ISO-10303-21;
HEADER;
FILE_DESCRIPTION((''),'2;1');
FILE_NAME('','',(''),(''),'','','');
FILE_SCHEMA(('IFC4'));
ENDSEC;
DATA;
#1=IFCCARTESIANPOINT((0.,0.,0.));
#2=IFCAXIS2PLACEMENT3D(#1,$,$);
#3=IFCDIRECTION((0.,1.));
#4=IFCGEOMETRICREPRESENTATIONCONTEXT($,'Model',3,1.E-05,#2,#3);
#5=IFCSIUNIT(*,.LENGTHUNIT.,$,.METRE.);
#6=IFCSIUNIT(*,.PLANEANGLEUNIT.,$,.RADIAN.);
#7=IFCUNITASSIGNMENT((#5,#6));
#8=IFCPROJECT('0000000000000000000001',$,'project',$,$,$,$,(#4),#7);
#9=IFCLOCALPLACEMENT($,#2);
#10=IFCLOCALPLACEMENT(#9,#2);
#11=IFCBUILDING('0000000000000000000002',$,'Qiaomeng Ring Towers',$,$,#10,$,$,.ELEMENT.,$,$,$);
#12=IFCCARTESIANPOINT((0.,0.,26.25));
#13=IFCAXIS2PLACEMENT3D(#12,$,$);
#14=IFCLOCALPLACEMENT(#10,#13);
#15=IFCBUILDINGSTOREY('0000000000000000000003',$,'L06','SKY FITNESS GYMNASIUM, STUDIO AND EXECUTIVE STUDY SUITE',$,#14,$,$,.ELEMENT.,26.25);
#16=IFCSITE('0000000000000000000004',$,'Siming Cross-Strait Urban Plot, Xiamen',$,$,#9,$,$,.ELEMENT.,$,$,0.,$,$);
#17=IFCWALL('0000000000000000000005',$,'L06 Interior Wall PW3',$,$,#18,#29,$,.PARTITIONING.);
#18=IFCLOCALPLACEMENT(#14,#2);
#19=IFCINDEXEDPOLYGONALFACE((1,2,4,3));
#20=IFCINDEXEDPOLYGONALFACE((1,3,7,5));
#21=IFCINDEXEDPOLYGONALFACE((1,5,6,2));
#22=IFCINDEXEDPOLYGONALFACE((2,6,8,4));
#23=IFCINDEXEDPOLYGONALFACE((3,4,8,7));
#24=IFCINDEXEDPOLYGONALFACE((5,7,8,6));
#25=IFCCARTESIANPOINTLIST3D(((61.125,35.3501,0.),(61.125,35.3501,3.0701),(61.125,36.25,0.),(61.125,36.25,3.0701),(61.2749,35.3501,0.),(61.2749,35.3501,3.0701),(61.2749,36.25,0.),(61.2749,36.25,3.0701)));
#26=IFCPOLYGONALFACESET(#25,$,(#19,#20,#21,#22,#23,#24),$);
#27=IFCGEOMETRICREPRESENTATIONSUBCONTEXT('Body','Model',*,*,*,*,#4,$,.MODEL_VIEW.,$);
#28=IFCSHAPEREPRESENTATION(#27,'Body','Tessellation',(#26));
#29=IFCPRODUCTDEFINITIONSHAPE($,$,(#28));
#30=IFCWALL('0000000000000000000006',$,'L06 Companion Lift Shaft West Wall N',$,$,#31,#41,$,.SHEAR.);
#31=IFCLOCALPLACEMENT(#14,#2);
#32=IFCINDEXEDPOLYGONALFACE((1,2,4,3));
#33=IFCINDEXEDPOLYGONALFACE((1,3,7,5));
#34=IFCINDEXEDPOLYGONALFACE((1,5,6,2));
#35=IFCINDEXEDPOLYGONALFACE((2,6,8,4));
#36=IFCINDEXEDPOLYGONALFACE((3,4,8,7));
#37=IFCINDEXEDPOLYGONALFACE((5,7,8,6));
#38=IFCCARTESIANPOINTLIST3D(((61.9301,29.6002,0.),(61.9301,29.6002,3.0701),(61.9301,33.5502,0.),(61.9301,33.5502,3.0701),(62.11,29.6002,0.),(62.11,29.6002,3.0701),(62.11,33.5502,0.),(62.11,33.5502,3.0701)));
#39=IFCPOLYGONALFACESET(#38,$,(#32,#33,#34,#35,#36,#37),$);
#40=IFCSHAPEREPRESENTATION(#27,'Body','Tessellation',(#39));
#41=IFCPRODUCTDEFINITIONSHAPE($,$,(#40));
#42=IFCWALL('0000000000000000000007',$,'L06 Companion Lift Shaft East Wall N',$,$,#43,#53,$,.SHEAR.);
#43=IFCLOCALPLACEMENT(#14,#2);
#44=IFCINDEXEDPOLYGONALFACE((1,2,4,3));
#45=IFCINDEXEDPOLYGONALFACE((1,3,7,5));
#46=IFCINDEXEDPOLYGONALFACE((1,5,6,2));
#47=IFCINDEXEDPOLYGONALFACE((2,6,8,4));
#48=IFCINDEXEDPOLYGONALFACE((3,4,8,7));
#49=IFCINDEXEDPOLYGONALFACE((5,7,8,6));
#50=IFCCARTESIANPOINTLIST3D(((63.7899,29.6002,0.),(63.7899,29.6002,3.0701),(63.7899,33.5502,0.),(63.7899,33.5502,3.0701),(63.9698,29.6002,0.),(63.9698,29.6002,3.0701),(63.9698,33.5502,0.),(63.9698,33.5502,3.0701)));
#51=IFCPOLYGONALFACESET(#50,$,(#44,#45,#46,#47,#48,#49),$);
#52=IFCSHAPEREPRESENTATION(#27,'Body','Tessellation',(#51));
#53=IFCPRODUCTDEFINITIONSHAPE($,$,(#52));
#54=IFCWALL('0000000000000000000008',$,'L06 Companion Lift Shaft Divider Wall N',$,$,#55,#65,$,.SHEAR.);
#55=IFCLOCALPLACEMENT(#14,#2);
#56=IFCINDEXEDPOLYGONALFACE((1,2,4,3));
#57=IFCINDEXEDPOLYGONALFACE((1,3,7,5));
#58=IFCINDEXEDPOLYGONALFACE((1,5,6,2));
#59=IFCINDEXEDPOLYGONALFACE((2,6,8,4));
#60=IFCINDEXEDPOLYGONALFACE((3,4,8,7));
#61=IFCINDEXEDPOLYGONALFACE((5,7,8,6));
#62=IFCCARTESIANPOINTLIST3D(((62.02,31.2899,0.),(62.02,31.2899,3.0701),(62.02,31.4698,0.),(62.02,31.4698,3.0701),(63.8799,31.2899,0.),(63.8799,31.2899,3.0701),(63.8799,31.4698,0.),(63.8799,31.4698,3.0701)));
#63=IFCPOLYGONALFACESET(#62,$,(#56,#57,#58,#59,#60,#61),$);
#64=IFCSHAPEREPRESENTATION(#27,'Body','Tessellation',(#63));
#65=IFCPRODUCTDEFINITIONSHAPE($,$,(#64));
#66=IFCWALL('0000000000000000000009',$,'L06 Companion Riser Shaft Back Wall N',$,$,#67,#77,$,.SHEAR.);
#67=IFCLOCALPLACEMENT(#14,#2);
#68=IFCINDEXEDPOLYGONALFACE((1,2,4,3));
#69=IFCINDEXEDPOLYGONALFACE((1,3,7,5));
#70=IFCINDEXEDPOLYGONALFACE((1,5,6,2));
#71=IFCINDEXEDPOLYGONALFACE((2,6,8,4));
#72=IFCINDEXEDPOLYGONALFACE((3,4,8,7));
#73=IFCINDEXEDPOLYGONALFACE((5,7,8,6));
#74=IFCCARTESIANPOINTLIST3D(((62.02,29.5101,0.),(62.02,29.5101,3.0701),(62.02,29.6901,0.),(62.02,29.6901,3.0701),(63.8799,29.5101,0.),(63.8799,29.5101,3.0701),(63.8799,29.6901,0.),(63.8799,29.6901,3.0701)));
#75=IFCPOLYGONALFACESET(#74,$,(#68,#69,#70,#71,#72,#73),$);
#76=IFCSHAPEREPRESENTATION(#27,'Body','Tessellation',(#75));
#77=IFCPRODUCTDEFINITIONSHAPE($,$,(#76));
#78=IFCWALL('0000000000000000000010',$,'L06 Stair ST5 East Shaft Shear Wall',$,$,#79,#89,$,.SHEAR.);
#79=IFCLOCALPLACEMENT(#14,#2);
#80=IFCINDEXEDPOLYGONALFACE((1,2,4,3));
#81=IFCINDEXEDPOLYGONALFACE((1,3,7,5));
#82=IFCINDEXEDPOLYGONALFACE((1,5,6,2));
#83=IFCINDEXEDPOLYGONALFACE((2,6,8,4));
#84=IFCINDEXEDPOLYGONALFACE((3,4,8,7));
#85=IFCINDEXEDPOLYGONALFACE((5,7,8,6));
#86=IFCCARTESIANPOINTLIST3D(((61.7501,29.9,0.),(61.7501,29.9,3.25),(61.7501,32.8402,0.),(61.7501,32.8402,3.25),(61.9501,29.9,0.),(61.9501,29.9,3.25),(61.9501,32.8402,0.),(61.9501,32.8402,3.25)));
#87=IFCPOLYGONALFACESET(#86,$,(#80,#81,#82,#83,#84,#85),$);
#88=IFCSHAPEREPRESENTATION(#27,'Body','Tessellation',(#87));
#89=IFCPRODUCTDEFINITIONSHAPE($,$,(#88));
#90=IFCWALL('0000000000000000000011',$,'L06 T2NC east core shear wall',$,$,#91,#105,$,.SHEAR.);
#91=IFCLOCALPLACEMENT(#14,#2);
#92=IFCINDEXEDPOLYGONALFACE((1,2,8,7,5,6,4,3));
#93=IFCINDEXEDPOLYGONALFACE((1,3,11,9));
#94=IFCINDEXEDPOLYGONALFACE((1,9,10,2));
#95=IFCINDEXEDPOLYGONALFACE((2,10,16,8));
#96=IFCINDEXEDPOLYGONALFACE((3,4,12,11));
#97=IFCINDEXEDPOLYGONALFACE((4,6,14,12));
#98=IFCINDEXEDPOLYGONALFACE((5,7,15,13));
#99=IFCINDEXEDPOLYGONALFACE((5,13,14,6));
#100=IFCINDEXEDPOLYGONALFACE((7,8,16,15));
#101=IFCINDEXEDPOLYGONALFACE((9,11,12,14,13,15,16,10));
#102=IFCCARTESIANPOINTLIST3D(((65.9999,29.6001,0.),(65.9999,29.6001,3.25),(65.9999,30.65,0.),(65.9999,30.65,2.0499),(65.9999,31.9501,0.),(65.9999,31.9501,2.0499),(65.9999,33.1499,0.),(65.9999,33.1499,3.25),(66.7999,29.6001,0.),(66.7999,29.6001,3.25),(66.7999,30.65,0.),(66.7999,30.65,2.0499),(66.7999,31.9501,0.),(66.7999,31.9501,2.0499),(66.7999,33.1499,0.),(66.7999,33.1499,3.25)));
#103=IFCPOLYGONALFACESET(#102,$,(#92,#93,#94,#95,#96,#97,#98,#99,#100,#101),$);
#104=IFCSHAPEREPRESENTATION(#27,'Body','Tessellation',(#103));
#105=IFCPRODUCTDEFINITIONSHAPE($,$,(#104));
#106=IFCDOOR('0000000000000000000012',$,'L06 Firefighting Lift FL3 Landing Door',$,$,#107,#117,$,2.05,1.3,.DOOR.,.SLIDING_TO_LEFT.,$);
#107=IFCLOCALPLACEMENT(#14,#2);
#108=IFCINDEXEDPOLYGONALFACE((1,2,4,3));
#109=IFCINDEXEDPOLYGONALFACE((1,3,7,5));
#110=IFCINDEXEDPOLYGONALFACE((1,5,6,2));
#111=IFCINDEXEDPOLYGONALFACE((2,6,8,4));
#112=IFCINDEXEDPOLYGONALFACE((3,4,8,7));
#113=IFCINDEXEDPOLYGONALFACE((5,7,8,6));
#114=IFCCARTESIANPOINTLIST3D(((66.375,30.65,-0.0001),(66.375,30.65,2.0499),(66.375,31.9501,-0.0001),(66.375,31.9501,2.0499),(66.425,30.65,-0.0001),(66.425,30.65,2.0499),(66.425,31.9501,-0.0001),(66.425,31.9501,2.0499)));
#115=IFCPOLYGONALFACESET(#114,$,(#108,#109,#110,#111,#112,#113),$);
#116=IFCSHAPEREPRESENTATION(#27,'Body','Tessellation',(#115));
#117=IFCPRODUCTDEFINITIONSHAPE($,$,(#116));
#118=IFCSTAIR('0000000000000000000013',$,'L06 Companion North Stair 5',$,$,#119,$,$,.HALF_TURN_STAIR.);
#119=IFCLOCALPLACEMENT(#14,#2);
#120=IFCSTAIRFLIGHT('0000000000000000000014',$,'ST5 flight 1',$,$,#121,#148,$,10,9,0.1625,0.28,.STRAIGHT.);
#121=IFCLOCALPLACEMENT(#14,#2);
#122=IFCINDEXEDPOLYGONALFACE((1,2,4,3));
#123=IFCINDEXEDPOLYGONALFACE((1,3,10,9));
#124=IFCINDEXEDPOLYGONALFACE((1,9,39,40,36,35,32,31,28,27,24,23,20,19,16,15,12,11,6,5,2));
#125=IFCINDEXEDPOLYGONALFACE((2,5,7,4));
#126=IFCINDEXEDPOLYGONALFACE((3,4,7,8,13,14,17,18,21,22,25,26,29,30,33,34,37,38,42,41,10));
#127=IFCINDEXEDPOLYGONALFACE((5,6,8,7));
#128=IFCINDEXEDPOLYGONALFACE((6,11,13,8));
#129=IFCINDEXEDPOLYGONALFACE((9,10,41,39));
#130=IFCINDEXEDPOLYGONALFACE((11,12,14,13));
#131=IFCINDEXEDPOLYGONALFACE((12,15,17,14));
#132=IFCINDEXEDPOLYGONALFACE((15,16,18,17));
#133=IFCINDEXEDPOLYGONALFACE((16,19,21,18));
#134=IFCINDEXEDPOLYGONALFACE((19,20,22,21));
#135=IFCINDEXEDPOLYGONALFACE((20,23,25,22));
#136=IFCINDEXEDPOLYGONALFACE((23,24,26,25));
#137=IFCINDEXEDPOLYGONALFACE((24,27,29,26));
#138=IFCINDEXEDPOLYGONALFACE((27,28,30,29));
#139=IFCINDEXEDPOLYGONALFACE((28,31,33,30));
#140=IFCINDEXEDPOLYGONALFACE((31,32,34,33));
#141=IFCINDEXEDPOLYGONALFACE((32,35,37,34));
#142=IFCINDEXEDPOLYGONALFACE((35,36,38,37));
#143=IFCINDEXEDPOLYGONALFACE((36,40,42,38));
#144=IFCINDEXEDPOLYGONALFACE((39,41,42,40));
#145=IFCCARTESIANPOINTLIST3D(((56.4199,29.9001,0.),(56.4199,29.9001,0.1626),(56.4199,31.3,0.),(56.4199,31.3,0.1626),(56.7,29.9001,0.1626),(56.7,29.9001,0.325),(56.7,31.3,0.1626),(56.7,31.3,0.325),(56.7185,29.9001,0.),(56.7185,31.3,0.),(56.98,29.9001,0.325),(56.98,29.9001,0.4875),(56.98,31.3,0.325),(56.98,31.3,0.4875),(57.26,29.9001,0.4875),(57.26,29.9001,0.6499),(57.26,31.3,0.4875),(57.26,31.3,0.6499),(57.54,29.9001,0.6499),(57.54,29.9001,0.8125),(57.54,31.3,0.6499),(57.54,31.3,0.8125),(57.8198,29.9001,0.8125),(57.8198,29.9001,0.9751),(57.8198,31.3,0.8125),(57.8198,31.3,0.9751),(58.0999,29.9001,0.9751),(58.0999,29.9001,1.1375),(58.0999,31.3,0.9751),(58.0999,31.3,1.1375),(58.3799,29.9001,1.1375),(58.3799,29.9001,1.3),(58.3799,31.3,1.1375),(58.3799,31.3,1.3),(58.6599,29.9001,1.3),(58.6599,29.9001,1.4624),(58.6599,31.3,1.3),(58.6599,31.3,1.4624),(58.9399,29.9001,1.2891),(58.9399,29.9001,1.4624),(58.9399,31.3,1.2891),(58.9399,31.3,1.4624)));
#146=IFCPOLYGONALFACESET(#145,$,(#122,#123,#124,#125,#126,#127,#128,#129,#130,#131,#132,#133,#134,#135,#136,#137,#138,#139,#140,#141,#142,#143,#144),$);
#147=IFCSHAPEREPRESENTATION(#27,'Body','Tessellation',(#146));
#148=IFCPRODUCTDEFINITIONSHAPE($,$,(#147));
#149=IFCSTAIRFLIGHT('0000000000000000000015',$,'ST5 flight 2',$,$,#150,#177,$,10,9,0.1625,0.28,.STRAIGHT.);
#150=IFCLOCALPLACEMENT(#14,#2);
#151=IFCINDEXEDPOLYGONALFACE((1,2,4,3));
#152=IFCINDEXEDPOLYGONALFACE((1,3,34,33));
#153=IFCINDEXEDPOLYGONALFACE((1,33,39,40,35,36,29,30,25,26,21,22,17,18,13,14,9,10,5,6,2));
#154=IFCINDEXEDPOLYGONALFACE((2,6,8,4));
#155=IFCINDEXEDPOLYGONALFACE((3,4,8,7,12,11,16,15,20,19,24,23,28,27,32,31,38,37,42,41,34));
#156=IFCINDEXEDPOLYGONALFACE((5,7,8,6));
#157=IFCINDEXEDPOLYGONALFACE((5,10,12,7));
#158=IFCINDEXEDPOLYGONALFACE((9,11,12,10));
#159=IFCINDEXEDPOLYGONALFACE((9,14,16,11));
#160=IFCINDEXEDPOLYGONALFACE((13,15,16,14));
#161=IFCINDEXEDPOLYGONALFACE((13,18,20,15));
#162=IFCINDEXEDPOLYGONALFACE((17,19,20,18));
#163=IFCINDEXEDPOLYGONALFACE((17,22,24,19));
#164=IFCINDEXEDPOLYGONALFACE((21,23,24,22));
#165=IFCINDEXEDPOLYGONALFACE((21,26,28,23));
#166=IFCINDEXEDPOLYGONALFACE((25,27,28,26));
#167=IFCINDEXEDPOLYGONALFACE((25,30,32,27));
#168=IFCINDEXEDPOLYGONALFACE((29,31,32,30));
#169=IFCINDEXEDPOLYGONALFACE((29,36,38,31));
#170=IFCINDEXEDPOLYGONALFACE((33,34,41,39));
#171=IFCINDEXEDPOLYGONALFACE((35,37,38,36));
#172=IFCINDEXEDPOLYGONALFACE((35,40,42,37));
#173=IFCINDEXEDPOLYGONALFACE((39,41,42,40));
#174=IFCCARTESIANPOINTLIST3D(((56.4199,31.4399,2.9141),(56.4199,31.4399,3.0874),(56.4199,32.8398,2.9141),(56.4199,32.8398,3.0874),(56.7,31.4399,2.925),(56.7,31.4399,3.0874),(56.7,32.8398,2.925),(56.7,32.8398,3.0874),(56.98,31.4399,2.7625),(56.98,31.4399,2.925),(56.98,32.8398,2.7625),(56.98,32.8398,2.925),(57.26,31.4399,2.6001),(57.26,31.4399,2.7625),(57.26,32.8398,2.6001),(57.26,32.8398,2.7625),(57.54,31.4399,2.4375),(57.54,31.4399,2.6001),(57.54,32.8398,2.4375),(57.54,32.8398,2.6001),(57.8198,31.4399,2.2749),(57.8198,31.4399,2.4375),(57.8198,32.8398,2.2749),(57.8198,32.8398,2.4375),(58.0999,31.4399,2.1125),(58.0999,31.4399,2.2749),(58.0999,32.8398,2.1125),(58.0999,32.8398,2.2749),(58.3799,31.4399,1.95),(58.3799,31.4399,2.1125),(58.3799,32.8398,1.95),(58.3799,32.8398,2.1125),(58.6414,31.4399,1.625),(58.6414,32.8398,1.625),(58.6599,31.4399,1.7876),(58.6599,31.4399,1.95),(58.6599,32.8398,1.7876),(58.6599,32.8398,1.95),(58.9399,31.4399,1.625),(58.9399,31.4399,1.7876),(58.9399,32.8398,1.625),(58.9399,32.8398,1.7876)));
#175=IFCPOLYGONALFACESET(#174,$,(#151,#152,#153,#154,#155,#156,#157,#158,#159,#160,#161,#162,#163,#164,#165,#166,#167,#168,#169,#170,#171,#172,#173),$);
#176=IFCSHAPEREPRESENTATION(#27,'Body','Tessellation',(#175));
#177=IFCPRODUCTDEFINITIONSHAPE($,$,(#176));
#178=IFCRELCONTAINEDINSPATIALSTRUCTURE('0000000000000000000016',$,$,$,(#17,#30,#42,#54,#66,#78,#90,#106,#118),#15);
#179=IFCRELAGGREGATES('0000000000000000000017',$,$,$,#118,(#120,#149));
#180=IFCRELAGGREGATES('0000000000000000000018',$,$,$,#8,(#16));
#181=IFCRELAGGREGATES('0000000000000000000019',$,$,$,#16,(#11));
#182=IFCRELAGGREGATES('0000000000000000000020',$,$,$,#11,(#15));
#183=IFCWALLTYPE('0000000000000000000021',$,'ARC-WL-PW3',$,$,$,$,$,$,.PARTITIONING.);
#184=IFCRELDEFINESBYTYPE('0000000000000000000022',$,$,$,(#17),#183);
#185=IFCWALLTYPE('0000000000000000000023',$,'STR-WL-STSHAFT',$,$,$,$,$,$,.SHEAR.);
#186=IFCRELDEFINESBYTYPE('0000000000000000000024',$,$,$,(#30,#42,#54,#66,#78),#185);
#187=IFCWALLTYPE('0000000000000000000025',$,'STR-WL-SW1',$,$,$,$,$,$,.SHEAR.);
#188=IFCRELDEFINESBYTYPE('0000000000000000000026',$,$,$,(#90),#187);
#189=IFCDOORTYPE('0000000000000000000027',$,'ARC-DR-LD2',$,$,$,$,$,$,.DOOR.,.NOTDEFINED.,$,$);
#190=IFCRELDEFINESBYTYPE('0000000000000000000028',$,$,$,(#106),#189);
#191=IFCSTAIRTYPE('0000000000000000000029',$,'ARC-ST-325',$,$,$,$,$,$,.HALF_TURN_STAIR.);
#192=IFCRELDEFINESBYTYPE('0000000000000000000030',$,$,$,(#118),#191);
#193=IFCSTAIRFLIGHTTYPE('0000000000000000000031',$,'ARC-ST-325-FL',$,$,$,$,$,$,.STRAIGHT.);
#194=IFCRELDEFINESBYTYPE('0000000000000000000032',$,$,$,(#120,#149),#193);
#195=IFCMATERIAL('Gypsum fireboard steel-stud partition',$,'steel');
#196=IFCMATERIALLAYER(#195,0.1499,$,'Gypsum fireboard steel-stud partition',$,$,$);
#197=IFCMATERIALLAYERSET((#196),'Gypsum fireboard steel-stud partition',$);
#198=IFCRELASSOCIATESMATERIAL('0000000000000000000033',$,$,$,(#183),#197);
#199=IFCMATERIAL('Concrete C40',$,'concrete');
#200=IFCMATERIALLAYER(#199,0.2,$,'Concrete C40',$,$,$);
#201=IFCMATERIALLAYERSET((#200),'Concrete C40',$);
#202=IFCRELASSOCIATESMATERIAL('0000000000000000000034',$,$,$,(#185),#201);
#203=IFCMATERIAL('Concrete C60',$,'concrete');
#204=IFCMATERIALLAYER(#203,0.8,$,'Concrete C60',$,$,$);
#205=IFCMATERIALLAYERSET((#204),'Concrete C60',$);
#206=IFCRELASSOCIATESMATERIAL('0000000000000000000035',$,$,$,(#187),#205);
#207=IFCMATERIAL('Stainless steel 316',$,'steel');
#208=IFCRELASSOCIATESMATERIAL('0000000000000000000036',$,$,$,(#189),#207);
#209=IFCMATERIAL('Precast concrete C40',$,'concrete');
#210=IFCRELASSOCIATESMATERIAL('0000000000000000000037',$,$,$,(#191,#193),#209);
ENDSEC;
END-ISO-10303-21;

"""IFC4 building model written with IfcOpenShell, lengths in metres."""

from ifc_helpers import new_model, si_unit, direction, frame, frame_2d, origin, place, context, subcontext, project, spatial, polyline, rectangle, outline, extrude, source, transform, mapped, material, layer, layer_set, type_object, element, fill, aggregate, save


model = new_model("IFC4")

# Units and contexts
model_context = context("Model", 3, precision=1e-05, world=origin(), true_north=direction((0.0, 1.0)))
body_context = subcontext(model_context, "Body", "Model", "MODEL_VIEW")
ifc_project = project(units=[si_unit("LENGTHUNIT", "METRE"), si_unit("PLANEANGLEUNIT", "RADIAN")], contexts=[model_context])

# Site, building, storey
site_placement = place(None, origin())
site = spatial("IfcSite", under=ifc_project, at=site_placement, Name="Siming Cross-Strait Urban Plot, Xiamen", CompositionType="ELEMENT", RefElevation=0.0)
building_placement = place(site_placement, origin())
building = spatial("IfcBuilding", under=site, at=building_placement, Name="Qiaomeng Ring Towers", CompositionType="ELEMENT")
storey_placement = place(building_placement, frame((0.0, 0.0, 26.25)))
storey = spatial("IfcBuildingStorey", under=building, at=storey_placement, Name="L06", Description="SKY FITNESS GYMNASIUM, STUDIO AND EXECUTIVE STUDY SUITE", CompositionType="ELEMENT", Elevation=26.25)

# Walls
ifc_material_1 = material(Name="Gypsum fireboard steel-stud partition", Category="steel")
ifc_layer_1 = layer(ifc_material_1, 0.1499, Name="Gypsum fireboard steel-stud partition")
ifc_layer_set_1 = layer_set([ifc_layer_1], Name="Gypsum fireboard steel-stud partition")
wall_type_1 = type_object("IfcWallType", Name="ARC-WL-PW3", PredefinedType="PARTITIONING", material=ifc_layer_set_1)
wall_1_placement = place(storey_placement, frame((61.2, 35.3501, 0.0), z_axis=(0.0, 0.0, 1.0), x_axis=(0.0, 1.0, 0.0)))
element("IfcWall", 1, at=wall_1_placement, inside=storey, type_object=wall_type_1, Name="L06 Interior Wall PW3", PredefinedType="PARTITIONING", context=body_context, shape_type="SweptSolid", body=[
    extrude(rectangle(XDim=0.8999, YDim=0.1499, at=frame_2d((0.45, 0.0))), origin(), (0.0, 0.0, 1.0), 3.0701),
])
ifc_material_2 = material(Name="Concrete C40", Category="concrete")
ifc_layer_2 = layer(ifc_material_2, 0.2, Name="Concrete C40")
ifc_layer_set_2 = layer_set([ifc_layer_2], Name="Concrete C40")
wall_type_2 = type_object("IfcWallType", Name="STR-WL-STSHAFT", PredefinedType="SHEAR", material=ifc_layer_set_2)
for number, where, z_axis, x_axis, name in (
    (2, (62.02, 29.6001, 0.0), (0.0, 0.0, 1.0), (0.0, 1.0, 0.0), "L06 Companion Lift Shaft West Wall N"),
    (3, (63.8799, 29.6001, 0.0), (0.0, 0.0, 1.0), (0.0, 1.0, 0.0), "L06 Companion Lift Shaft East Wall N"),
):
    element("IfcWall", number, at=place(storey_placement, frame(where, z_axis=z_axis, x_axis=x_axis)), inside=storey, type_object=wall_type_2, Name=name, PredefinedType="SHEAR", context=body_context, shape_type="SweptSolid", body=[
        extrude(rectangle(XDim=3.95, YDim=0.1799, at=frame_2d((1.9751, 0.0))), origin(), (0.0, 0.0, 1.0), 3.0701),
    ])
for number, where, z_axis, x_axis, name in (
    (4, (62.02, 31.3799, 0.0), (0.0, 0.0, 1.0), (1.0, 0.0, 0.0), "L06 Companion Lift Shaft Divider Wall N"),
    (5, (62.02, 29.6001, 0.0), (0.0, 0.0, 1.0), (1.0, 0.0, 0.0), "L06 Companion Riser Shaft Back Wall N"),
):
    element("IfcWall", number, at=place(storey_placement, frame(where, z_axis=z_axis, x_axis=x_axis)), inside=storey, type_object=wall_type_2, Name=name, PredefinedType="SHEAR", context=body_context, shape_type="SweptSolid", body=[
        extrude(rectangle(XDim=1.8599, YDim=0.1799, at=frame_2d((0.9299, 0.0))), origin(), (0.0, 0.0, 1.0), 3.0701),
    ])
wall_2_placement = place(storey_placement, frame((61.8501, 29.8999, 0.0), z_axis=(0.0, 0.0, 1.0), x_axis=(0.0, 1.0, 0.0)))
element("IfcWall", 6, at=wall_2_placement, inside=storey, type_object=wall_type_2, Name="L06 Stair ST5 East Shaft Shear Wall", PredefinedType="SHEAR", context=body_context, shape_type="SweptSolid", body=[
    extrude(rectangle(XDim=2.9402, YDim=0.2, at=frame_2d((1.4702, 0.0))), origin(), (0.0, 0.0, 1.0), 3.25),
])

# Wall, opening, door
ifc_material_3 = material(Name="Concrete C60", Category="concrete")
ifc_layer_3 = layer(ifc_material_3, 0.8, Name="Concrete C60")
ifc_layer_set_3 = layer_set([ifc_layer_3], Name="Concrete C60")
wall_type_3 = type_object("IfcWallType", Name="STR-WL-SW1", PredefinedType="SHEAR", material=ifc_layer_set_3)
wall_3_placement = place(storey_placement, frame((66.3999, 29.6001, 0.0), z_axis=(0.0, 0.0, 1.0), x_axis=(0.0, 1.0, 0.0)))
wall_3 = element("IfcWall", 7, at=wall_3_placement, inside=storey, type_object=wall_type_3, Name="L06 T2NC east core shear wall", PredefinedType="SHEAR", context=body_context, shape_type="SweptSolid", body=[
    extrude(rectangle(XDim=3.5498, YDim=0.8, at=frame_2d((1.7749, 0.0))), origin(), (0.0, 0.0, 1.0), 3.25),
])
opening_placement = place(wall_3_placement, frame((1.05, 0.0, 0.0)))
opening = element("IfcOpeningElement", 8, at=opening_placement, cuts=wall_3, PredefinedType="OPENING", context=body_context, shape_type="SweptSolid", body=[
    extrude(rectangle(XDim=1.3, YDim=2.05, at=frame_2d((0.6499, 1.0249))), frame((0.0, 0.4099, 0.0), z_axis=(0.0, -1.0, 0.0), x_axis=(1.0, 0.0, 0.0)), (0.0, 0.0, 1.0), 0.8201),
])
ifc_material_4 = material(Name="Stainless steel 316", Category="steel")
door_type = type_object("IfcDoorType", Name="ARC-DR-LD2", OperationType="NOTDEFINED", PredefinedType="DOOR", material=ifc_material_4)
shared_shape_1 = source(origin(), body_context, "Body", "SweptSolid", [
    extrude(rectangle(XDim=1.3, YDim=2.05, at=frame_2d((0.6499, 1.0249))), frame((0.0, 0.0249, 0.0), z_axis=(0.0, -1.0, 0.0), x_axis=(1.0, 0.0, 0.0)), (0.0, 0.0, 1.0), 0.05),
])
door_placement = place(opening_placement, origin())
door = element("IfcDoor", 9, at=door_placement, inside=storey, type_object=door_type, Name="L06 Firefighting Lift FL3 Landing Door", OperationType="SLIDING_TO_LEFT", OverallHeight=2.05, OverallWidth=1.3, PredefinedType="DOOR", context=body_context, shape_type="MappedRepresentation", body=[
    mapped(shared_shape_1, transform((0.0, 0.0, 0.0), x_axis=(1.0, 0.0, 0.0), y_axis=(0.0, 1.0, 0.0), z_axis=(0.0, 0.0, 1.0), scale=1.0)),
])
fill(opening, door)

# Stair, stair flights
ifc_material_5 = material(Name="Precast concrete C40", Category="concrete")
stair_type = type_object("IfcStairType", Name="ARC-ST-325", PredefinedType="HALF_TURN_STAIR", material=ifc_material_5)
stair_placement = place(storey_placement, origin())
stair = element("IfcStair", 10, at=stair_placement, inside=storey, type_object=stair_type, Name="L06 Companion North Stair 5", PredefinedType="HALF_TURN_STAIR")
stair_flight_type = type_object("IfcStairFlightType", Name="ARC-ST-325-FL", PredefinedType="STRAIGHT", material=ifc_material_5)
shared_shape_2 = source(origin(), body_context, "Body", "SweptSolid", [
    extrude(outline(polyline([(0.0, 0.0), (0.0, 0.1626), (0.28, 0.1626), (0.28, 0.325), (0.5601, 0.325), (0.5601, 0.4875), (0.8401, 0.4875), (0.8401, 0.6499), (1.1201, 0.6499), (1.1201, 0.8125), (1.3999, 0.8125), (1.3999, 0.9751), (1.6799, 0.9751), (1.6799, 1.1375), (1.96, 1.1375), (1.96, 1.3), (2.24, 1.3), (2.24, 1.4624), (2.52, 1.4624), (2.52, 1.625), (2.52, 1.2891), (0.2986, 0.0), (0.0, 0.0)])), frame((0.0, 0.7, 0.0), z_axis=(0.0, -1.0, 0.0), x_axis=(1.0, 0.0, 0.0)), (0.0, 0.0, 1.0), 1.3999),
])
stair_flight_1_placement = place(storey_placement, frame((56.4199, 30.6001, 0.0), z_axis=(0.0, 0.0, 1.0), x_axis=(1.0, 0.0, 0.0)))
stair_flight_1 = element("IfcStairFlight", 11, at=stair_flight_1_placement, type_object=stair_flight_type, Name="ST5 flight 1", NumberOfRisers=10, NumberOfTreads=9, PredefinedType="STRAIGHT", RiserHeight=0.1625, TreadLength=0.28, context=body_context, shape_type="MappedRepresentation", body=[
    mapped(shared_shape_2, transform((0.0, 0.0, 0.0), x_axis=(1.0, 0.0, 0.0), y_axis=(0.0, 1.0, 0.0), z_axis=(0.0, 0.0, 1.0), scale=1.0)),
])
stair_flight_2_placement = place(storey_placement, frame((58.9399, 32.1399, 1.625), z_axis=(0.0, 0.0, 1.0), x_axis=(-1.0, 0.0, 0.0)))
stair_flight_2 = element("IfcStairFlight", 12, at=stair_flight_2_placement, type_object=stair_flight_type, Name="ST5 flight 2", NumberOfRisers=10, NumberOfTreads=9, PredefinedType="STRAIGHT", RiserHeight=0.1625, TreadLength=0.28, context=body_context, shape_type="MappedRepresentation", body=[
    mapped(shared_shape_2, transform((0.0, 0.0, 0.0), x_axis=(1.0, 0.0, 0.0), y_axis=(0.0, 1.0, 0.0), z_axis=(0.0, 0.0, 1.0), scale=1.0)),
])
aggregate(stair, [stair_flight_1, stair_flight_2])

save(model, "model.ifc")
